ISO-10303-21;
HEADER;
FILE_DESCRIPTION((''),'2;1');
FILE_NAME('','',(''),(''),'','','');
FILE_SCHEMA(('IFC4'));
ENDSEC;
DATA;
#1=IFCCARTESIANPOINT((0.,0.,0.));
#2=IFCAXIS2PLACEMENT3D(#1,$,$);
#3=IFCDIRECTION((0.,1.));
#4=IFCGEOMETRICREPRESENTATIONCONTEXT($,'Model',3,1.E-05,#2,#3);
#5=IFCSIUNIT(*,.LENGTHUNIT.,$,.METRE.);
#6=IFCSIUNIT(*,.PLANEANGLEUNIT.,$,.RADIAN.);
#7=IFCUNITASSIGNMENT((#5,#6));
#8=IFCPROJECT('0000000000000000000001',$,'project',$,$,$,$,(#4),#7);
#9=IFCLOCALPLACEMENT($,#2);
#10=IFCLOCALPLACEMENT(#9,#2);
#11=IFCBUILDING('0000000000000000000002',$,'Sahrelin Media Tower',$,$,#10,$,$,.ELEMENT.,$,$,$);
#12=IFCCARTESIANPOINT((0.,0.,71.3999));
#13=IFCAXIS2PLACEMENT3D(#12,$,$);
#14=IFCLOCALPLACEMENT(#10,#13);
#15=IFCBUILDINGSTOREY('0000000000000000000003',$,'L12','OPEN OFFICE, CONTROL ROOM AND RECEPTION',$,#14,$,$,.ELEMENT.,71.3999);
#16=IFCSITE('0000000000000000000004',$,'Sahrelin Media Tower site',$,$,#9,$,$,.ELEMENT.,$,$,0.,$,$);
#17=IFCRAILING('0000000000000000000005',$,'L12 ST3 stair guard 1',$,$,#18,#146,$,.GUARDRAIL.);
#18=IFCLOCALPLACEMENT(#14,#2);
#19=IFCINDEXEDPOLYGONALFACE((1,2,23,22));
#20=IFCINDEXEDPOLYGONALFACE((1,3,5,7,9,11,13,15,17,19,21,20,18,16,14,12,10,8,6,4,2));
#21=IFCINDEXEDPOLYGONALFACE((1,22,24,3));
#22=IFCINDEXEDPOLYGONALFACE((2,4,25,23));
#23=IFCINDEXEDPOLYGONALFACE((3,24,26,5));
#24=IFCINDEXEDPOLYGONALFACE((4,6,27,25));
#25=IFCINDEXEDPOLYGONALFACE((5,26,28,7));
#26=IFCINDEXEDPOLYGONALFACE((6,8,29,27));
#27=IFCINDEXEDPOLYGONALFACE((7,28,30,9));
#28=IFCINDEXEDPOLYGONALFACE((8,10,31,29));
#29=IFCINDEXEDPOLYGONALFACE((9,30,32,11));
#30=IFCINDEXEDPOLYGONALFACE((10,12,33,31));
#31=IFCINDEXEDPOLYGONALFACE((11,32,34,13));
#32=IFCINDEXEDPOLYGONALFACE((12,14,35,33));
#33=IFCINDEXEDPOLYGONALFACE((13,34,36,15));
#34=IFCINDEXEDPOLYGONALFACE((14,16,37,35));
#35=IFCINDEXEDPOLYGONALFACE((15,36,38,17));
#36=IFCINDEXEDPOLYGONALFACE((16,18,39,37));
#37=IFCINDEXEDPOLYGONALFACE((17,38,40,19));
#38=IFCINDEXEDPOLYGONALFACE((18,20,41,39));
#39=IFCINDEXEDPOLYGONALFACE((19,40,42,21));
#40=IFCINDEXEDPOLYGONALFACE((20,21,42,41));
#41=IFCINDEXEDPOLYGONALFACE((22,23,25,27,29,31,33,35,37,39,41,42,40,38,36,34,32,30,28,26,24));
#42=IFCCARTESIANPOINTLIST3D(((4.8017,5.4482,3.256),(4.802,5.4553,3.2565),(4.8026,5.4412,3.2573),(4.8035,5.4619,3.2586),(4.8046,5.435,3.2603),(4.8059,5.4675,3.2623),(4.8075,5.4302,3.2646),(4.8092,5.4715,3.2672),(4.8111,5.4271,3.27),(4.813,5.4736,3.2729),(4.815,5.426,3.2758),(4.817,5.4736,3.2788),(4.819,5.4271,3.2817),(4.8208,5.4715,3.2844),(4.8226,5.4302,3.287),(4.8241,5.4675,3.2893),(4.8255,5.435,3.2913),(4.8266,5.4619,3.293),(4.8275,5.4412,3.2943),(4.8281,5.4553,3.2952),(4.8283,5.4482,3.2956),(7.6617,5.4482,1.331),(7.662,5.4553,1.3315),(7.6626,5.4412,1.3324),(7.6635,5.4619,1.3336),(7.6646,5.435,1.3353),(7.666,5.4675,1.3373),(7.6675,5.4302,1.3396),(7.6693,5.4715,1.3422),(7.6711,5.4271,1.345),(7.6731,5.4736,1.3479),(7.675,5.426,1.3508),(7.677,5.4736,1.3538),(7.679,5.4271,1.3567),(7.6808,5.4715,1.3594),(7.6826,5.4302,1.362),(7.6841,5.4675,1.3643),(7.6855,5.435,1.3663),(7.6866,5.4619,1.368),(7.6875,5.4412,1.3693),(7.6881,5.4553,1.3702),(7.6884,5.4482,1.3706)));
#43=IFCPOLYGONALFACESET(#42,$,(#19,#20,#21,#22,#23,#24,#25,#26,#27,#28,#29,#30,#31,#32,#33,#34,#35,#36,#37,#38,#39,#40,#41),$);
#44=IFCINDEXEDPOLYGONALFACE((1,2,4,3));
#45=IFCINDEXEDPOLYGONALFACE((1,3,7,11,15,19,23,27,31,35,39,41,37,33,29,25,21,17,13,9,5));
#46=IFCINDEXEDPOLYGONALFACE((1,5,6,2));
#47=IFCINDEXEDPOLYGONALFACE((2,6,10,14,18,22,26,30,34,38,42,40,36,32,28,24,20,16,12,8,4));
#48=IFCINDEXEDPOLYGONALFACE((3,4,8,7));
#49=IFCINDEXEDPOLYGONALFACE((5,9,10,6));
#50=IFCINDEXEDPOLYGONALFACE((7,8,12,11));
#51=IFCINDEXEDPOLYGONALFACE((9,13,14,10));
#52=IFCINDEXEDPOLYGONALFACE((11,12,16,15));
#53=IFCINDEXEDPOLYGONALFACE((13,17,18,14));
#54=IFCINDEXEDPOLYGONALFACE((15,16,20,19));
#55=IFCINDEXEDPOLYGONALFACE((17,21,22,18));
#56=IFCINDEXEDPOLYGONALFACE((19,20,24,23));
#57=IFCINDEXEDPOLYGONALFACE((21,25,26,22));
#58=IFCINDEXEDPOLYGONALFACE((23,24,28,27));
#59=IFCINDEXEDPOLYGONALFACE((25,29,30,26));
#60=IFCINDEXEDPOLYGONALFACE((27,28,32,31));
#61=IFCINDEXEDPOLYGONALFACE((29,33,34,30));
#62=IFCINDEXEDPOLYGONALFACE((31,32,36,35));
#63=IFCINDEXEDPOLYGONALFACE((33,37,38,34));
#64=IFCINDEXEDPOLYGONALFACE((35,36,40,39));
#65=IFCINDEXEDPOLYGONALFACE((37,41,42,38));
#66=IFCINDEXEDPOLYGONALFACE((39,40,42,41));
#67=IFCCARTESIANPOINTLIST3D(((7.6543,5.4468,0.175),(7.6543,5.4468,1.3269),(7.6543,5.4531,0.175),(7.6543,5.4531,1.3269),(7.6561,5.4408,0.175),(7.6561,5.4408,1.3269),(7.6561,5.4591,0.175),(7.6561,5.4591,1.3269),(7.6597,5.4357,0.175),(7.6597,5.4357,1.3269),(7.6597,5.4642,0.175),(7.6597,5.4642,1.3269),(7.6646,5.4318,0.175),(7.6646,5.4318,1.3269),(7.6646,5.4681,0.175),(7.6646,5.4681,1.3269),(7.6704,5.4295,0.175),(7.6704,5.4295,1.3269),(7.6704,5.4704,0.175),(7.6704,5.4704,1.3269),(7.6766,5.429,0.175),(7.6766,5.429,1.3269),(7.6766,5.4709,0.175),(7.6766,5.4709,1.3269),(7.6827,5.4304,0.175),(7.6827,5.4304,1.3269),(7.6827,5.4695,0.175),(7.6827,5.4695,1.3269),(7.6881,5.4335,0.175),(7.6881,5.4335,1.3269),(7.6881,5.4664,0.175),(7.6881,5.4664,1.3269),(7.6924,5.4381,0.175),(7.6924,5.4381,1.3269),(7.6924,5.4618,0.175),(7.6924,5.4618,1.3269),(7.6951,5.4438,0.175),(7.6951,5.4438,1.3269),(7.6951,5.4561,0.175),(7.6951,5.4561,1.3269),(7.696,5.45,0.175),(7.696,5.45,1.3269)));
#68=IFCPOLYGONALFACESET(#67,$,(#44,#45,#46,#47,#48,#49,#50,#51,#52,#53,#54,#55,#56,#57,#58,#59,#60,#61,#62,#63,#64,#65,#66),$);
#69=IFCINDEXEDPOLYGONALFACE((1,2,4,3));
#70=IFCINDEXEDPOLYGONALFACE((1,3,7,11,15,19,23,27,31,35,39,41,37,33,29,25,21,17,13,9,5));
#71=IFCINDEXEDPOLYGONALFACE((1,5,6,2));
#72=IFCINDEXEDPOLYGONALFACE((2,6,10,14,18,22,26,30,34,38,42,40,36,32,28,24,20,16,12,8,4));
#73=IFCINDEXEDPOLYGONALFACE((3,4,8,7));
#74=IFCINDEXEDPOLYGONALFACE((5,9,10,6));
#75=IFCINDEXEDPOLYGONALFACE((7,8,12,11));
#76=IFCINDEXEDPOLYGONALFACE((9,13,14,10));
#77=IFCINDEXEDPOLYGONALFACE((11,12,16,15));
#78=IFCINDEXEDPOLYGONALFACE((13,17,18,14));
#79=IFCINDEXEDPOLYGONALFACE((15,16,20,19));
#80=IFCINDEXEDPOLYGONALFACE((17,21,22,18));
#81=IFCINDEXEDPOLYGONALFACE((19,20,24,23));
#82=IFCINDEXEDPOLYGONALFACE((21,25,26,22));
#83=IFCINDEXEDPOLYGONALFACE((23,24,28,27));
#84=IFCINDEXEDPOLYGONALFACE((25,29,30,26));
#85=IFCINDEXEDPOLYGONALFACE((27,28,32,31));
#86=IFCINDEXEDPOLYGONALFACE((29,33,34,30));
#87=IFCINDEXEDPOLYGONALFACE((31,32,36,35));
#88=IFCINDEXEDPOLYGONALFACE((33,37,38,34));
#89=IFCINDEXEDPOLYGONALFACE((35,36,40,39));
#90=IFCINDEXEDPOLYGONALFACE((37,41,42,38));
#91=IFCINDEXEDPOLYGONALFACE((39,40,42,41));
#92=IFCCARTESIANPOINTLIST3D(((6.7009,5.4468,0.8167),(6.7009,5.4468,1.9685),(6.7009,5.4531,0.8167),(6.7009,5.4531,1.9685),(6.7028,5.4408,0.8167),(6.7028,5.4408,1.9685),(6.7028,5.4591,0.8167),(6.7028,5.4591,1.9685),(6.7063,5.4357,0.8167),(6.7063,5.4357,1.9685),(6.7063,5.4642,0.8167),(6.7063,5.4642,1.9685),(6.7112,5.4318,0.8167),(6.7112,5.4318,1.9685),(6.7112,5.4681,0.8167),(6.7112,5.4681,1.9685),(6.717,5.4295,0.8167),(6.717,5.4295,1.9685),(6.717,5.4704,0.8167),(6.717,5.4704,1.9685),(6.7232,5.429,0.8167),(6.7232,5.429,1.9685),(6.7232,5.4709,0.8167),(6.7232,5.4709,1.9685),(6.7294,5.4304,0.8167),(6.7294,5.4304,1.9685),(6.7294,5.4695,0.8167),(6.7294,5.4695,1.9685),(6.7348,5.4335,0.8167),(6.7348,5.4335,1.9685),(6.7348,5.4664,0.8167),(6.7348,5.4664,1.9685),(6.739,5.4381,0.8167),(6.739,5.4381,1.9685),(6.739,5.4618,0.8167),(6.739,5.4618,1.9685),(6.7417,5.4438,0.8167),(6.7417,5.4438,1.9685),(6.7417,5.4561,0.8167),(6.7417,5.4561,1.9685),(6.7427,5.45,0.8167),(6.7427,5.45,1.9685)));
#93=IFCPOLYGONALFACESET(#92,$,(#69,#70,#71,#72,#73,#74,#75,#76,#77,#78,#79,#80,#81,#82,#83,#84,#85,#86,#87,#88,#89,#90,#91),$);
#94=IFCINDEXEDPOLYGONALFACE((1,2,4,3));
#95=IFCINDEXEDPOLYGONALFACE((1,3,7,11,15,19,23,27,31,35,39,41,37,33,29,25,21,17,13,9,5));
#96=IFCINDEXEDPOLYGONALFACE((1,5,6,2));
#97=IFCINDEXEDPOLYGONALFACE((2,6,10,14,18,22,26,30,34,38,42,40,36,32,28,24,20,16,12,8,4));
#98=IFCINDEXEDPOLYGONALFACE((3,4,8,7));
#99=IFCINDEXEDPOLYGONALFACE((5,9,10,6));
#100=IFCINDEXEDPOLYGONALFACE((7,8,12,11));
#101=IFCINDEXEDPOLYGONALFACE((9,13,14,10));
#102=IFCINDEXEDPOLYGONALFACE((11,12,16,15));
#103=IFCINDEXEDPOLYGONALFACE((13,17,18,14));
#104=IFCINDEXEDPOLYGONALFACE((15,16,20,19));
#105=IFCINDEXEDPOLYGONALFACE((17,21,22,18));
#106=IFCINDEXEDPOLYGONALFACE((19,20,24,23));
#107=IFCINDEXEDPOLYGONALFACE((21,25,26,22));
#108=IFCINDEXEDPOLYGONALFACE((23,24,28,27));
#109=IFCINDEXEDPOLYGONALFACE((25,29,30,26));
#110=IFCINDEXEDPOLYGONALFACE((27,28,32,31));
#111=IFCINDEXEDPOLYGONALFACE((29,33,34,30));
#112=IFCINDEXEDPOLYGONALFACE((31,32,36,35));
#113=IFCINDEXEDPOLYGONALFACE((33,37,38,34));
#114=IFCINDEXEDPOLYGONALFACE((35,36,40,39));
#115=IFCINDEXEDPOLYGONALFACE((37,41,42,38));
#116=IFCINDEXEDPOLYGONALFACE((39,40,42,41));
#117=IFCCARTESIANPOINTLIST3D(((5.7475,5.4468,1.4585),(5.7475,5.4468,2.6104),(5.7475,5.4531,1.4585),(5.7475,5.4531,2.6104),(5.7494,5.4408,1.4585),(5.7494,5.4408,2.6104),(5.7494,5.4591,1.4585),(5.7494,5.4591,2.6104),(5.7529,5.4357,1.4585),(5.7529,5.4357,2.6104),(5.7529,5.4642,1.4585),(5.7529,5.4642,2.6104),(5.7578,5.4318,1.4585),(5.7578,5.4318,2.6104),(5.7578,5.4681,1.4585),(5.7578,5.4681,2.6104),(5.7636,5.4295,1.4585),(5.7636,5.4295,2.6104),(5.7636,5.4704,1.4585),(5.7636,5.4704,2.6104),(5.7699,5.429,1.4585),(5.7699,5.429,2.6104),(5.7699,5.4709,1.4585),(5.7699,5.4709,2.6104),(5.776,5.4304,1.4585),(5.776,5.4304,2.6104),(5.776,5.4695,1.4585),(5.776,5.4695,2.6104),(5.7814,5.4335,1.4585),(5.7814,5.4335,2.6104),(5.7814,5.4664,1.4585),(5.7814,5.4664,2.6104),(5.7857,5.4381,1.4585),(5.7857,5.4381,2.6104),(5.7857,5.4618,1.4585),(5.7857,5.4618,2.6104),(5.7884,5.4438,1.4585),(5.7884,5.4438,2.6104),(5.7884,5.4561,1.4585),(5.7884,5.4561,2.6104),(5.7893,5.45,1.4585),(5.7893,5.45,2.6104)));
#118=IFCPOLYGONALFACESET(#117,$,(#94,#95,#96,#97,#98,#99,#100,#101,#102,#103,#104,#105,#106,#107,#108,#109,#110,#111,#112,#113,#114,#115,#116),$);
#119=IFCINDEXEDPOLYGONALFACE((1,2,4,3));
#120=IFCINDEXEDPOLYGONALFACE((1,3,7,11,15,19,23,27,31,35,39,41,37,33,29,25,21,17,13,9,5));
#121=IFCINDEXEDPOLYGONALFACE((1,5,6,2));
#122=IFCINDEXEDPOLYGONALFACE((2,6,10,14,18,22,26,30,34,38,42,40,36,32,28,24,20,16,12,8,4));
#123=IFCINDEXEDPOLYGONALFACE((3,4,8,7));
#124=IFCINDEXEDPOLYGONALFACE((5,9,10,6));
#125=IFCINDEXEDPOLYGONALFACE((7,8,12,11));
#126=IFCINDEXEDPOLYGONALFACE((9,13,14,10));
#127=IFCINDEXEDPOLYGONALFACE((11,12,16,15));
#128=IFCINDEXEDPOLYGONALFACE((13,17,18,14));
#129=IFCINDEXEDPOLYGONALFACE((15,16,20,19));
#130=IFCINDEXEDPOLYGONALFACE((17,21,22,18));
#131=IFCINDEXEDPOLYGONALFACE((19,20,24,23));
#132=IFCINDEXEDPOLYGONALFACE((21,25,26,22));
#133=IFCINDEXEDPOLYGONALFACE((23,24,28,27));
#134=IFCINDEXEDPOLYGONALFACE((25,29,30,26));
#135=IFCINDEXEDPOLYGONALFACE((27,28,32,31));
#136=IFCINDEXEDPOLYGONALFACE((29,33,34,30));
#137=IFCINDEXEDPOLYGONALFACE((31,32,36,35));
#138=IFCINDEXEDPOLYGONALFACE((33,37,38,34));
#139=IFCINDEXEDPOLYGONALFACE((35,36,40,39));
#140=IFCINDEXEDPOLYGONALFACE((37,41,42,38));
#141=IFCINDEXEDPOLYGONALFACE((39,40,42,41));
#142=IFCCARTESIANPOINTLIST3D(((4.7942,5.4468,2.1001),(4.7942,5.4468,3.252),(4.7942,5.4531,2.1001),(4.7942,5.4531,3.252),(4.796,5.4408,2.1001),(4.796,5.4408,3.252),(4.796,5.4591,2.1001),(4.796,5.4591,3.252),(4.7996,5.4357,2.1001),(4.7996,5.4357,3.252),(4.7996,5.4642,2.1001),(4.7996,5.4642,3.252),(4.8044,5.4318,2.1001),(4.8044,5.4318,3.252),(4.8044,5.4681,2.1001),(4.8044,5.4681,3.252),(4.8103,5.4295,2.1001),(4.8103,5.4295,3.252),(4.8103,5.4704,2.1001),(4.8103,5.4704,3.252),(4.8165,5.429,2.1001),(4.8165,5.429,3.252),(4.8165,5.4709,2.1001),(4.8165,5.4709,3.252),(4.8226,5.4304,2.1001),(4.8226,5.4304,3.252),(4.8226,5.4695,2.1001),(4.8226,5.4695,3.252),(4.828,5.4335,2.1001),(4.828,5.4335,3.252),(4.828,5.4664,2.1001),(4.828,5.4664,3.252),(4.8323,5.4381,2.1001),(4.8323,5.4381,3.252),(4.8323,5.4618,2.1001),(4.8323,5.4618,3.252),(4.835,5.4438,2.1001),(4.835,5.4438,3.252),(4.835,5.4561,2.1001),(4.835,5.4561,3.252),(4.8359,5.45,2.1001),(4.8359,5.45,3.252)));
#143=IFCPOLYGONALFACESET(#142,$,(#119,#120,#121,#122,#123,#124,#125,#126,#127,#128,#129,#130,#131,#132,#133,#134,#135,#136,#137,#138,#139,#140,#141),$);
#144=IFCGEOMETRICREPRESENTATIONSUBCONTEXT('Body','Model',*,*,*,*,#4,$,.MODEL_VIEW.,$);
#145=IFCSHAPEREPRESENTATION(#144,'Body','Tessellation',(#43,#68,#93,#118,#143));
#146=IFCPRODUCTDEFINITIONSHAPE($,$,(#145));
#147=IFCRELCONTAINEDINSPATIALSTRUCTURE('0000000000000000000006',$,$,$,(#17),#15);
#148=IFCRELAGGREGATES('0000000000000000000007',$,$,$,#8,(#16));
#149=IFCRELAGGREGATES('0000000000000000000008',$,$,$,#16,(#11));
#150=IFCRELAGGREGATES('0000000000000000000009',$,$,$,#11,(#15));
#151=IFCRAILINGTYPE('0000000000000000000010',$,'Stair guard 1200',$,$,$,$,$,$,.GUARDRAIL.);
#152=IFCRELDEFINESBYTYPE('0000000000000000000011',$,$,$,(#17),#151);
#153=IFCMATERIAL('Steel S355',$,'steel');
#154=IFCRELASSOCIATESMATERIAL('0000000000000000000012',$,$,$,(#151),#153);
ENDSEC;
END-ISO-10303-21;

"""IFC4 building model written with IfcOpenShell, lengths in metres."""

from ifc_helpers import new_model, si_unit, direction, frame, origin, origin_2d, place, context, subcontext, project, spatial, circle, extrude, material, type_object, element, save


model = new_model("IFC4")

# Units and contexts
model_context = context("Model", 3, precision=1e-05, world=origin(), true_north=direction((0.0, 1.0)))
body_context = subcontext(model_context, "Body", "Model", "MODEL_VIEW")
ifc_project = project(units=[si_unit("LENGTHUNIT", "METRE"), si_unit("PLANEANGLEUNIT", "RADIAN")], contexts=[model_context])

# Site, building, storey
site_placement = place(None, origin())
site = spatial("IfcSite", under=ifc_project, at=site_placement, Name="Sahrelin Media Tower site", CompositionType="ELEMENT", RefElevation=0.0)
building_placement = place(site_placement, origin())
building = spatial("IfcBuilding", under=site, at=building_placement, Name="Sahrelin Media Tower", CompositionType="ELEMENT")
storey_placement = place(building_placement, frame((0.0, 0.0, 71.3999)))
storey = spatial("IfcBuildingStorey", under=building, at=storey_placement, Name="L12", Description="OPEN OFFICE, CONTROL ROOM AND RECEPTION", CompositionType="ELEMENT", Elevation=71.3999)

# Shared definitions
ifc_material_1 = material(Name="Steel S355", Category="steel")

# Railing
railing_type_1 = type_object("IfcRailingType", Name="Stair guard 1200", PredefinedType="GUARDRAIL", material=ifc_material_1)
railing_1_placement = place(storey_placement, frame((7.675, 5.45, 0.175)))
element("IfcRailing", 1, at=railing_1_placement, inside=storey, type_object=railing_type_1, Name="L12 ST3 stair guard 1", PredefinedType="GUARDRAIL", context=body_context, shape_type="SweptSolid", body=[
    extrude(circle(Radius=0.0239, at=origin_2d()), frame((0.0, 0.0, 1.1758), z_axis=(-0.829591, 0.0, 0.558372), x_axis=(0.0, -1.0, 0.0)), (0.0, 0.0, 1.0), 3.4475),
    extrude(circle(Radius=0.021, at=origin_2d()), origin(), (0.0, 0.0, 1.0), 1.1519),
    extrude(circle(Radius=0.021, at=origin_2d()), frame((-0.9534, 0.0, 0.6416)), (0.0, 0.0, 1.0), 1.1519),
    extrude(circle(Radius=0.021, at=origin_2d()), frame((-1.9067, 0.0, 1.2834)), (0.0, 0.0, 1.0), 1.1519),
    extrude(circle(Radius=0.021, at=origin_2d()), frame((-2.8601, 0.0, 1.925)), (0.0, 0.0, 1.0), 1.1519),
])

save(model, "model.ifc")
